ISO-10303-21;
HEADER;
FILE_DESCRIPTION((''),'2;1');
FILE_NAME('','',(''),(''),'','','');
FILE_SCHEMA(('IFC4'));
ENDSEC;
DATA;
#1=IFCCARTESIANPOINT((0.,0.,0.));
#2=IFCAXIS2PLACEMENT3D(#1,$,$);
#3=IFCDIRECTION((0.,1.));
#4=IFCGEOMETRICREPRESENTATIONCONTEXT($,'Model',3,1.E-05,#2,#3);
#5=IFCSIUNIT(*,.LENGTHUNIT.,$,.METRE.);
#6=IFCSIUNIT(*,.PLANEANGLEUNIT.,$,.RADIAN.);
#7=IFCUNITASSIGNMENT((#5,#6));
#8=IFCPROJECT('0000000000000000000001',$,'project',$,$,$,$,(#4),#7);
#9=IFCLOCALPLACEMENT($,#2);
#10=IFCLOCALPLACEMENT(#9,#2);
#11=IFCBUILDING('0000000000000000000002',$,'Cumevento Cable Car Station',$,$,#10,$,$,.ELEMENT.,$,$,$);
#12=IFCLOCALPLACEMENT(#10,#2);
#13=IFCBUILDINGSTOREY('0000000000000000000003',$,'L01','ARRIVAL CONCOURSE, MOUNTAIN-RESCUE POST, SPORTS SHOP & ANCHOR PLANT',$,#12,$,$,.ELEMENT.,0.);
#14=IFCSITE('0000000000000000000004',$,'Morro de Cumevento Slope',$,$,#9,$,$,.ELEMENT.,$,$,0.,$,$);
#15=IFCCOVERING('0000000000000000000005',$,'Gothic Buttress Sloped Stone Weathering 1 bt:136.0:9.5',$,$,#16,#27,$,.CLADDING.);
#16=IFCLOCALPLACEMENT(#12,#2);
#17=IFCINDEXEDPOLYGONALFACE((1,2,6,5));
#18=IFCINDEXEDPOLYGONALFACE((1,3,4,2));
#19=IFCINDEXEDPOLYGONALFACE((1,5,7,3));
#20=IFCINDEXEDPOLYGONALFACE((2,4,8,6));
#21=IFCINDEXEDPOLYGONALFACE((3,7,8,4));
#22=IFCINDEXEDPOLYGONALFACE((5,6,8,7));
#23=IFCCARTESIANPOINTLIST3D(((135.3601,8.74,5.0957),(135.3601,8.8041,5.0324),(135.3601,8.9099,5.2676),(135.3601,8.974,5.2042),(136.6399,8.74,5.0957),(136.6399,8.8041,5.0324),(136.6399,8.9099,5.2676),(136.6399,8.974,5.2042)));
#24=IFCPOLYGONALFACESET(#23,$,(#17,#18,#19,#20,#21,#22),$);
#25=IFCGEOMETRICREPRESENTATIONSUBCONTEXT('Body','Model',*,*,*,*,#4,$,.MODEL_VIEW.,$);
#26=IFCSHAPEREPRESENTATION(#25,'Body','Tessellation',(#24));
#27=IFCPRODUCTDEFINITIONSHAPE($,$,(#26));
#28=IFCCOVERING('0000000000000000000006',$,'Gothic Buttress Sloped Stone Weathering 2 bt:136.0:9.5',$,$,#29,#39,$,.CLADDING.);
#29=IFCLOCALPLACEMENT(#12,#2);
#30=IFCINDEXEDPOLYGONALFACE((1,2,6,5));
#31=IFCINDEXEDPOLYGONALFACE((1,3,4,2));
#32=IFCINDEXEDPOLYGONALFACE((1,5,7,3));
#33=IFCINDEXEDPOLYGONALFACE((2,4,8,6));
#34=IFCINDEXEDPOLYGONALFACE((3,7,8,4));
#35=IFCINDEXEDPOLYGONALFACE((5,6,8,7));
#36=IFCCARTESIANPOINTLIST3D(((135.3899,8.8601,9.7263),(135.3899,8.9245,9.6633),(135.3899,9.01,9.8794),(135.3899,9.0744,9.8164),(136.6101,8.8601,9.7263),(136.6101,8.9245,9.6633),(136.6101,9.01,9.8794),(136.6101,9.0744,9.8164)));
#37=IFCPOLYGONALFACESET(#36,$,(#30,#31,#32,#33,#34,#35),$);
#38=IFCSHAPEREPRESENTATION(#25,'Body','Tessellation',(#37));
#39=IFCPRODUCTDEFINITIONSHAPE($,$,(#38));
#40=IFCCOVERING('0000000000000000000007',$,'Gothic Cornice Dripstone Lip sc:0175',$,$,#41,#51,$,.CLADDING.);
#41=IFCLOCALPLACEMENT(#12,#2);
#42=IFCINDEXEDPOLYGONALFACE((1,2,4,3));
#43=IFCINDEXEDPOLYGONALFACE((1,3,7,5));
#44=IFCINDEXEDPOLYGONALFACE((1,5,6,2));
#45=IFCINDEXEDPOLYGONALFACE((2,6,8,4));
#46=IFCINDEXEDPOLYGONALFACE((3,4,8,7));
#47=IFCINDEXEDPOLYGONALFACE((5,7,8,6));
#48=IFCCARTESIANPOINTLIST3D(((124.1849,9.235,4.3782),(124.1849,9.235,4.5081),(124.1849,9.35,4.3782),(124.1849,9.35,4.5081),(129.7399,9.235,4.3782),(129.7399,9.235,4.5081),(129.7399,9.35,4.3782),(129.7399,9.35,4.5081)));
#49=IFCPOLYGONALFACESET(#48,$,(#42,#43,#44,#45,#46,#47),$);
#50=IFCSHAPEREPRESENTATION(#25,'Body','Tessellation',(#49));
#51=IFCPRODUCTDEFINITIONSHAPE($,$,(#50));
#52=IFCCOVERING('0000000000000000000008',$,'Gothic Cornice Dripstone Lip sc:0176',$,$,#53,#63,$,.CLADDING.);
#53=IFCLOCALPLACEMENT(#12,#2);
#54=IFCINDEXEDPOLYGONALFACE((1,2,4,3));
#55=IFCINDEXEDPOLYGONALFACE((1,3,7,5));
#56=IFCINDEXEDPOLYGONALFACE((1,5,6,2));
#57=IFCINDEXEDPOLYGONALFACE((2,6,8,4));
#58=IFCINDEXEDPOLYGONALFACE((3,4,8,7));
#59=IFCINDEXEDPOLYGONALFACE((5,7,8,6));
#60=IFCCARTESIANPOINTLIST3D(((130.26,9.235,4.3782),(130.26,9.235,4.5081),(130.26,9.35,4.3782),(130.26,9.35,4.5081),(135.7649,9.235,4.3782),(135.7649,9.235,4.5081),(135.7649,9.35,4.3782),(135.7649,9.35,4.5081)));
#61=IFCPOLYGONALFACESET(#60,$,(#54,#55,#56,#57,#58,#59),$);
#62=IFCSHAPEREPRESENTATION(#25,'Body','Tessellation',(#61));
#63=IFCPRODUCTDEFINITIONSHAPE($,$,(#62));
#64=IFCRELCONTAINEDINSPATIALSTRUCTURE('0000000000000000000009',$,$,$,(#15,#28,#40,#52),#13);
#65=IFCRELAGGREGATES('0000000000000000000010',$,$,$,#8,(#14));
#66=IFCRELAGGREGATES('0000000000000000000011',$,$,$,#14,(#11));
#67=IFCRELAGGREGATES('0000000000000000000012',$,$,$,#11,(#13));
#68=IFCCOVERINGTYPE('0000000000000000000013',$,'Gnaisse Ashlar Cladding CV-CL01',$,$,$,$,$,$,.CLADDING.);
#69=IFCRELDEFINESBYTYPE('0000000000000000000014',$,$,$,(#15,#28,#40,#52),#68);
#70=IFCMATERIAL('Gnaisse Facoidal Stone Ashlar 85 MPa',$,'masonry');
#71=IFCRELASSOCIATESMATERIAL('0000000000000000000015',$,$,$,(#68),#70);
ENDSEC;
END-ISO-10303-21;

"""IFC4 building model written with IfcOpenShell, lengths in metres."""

from ifc_helpers import new_model, si_unit, direction, frame, origin, origin_2d, place, context, subcontext, project, spatial, polyline, rectangle, outline, extrude, material, type_object, element, save


model = new_model("IFC4")

# Units and contexts
model_context = context("Model", 3, precision=1e-05, world=origin(), true_north=direction((0.0, 1.0)))
body_context = subcontext(model_context, "Body", "Model", "MODEL_VIEW")
ifc_project = project(units=[si_unit("LENGTHUNIT", "METRE"), si_unit("PLANEANGLEUNIT", "RADIAN")], contexts=[model_context])

# Site, building, storey
site_placement = place(None, origin())
site = spatial("IfcSite", under=ifc_project, at=site_placement, Name="Morro de Cumevento Slope", CompositionType="ELEMENT", RefElevation=0.0)
building_placement = place(site_placement, origin())
building = spatial("IfcBuilding", under=site, at=building_placement, Name="Cumevento Cable Car Station", CompositionType="ELEMENT")
storey_placement = place(building_placement, origin())
storey = spatial("IfcBuildingStorey", under=building, at=storey_placement, Name="L01", Description="ARRIVAL CONCOURSE, MOUNTAIN-RESCUE POST, SPORTS SHOP & ANCHOR PLANT", CompositionType="ELEMENT", Elevation=0.0)

# Coverings
ifc_material_1 = material(Name="Gnaisse Facoidal Stone Ashlar 85 MPa", Category="masonry")
covering_type = type_object("IfcCoveringType", Name="Gnaisse Ashlar Cladding CV-CL01", PredefinedType="CLADDING", material=ifc_material_1)
covering_1_placement = place(storey_placement, frame((135.3601, 8.74, 5.0957), z_axis=(0.0, -0.711136, 0.703055), x_axis=(1.0, 0.0, 0.0)))
element("IfcCovering", 1, at=covering_1_placement, inside=storey, type_object=covering_type, Name="Gothic Buttress Sloped Stone Weathering 1 bt:136.0:9.5", PredefinedType="CLADDING", context=body_context, shape_type="SweptSolid", body=[
    extrude(outline(polyline([(0.0, 0.0), (1.2798, 0.0), (1.2798, 0.2417), (0.0, 0.2417), (0.0, 0.0)])), origin(), (0.0, 0.0, -1.0), 0.0901),
])
covering_2_placement = place(storey_placement, frame((135.3899, 8.8601, 9.7263), z_axis=(0.0, -0.714475, 0.699661), x_axis=(1.0, 0.0, 0.0)))
element("IfcCovering", 2, at=covering_2_placement, inside=storey, type_object=covering_type, Name="Gothic Buttress Sloped Stone Weathering 2 bt:136.0:9.5", PredefinedType="CLADDING", context=body_context, shape_type="SweptSolid", body=[
    extrude(outline(polyline([(0.0, 0.0), (1.2202, 0.0), (1.2202, 0.2142), (0.0, 0.2142), (0.0, 0.0)])), origin(), (0.0, 0.0, -1.0), 0.0901),
])
covering_3_placement = place(storey_placement, frame((126.9624, 9.2925, 4.3782), z_axis=(0.0, 0.0, 1.0), x_axis=(-1.0, 0.0, 0.0)))
element("IfcCovering", 3, at=covering_3_placement, inside=storey, type_object=covering_type, Name="Gothic Cornice Dripstone Lip sc:0175", PredefinedType="CLADDING", context=body_context, shape_type="SweptSolid", body=[
    extrude(rectangle(XDim=5.5549, YDim=0.115, at=origin_2d()), origin(), (0.0, 0.0, 1.0), 0.1299),
])
covering_4_placement = place(storey_placement, frame((133.0125, 9.2925, 4.3782), z_axis=(0.0, 0.0, 1.0), x_axis=(-1.0, 0.0, 0.0)))
element("IfcCovering", 4, at=covering_4_placement, inside=storey, type_object=covering_type, Name="Gothic Cornice Dripstone Lip sc:0176", PredefinedType="CLADDING", context=body_context, shape_type="SweptSolid", body=[
    extrude(rectangle(XDim=5.5049, YDim=0.115, at=origin_2d()), origin(), (0.0, 0.0, 1.0), 0.1299),
])

save(model, "model.ifc")
